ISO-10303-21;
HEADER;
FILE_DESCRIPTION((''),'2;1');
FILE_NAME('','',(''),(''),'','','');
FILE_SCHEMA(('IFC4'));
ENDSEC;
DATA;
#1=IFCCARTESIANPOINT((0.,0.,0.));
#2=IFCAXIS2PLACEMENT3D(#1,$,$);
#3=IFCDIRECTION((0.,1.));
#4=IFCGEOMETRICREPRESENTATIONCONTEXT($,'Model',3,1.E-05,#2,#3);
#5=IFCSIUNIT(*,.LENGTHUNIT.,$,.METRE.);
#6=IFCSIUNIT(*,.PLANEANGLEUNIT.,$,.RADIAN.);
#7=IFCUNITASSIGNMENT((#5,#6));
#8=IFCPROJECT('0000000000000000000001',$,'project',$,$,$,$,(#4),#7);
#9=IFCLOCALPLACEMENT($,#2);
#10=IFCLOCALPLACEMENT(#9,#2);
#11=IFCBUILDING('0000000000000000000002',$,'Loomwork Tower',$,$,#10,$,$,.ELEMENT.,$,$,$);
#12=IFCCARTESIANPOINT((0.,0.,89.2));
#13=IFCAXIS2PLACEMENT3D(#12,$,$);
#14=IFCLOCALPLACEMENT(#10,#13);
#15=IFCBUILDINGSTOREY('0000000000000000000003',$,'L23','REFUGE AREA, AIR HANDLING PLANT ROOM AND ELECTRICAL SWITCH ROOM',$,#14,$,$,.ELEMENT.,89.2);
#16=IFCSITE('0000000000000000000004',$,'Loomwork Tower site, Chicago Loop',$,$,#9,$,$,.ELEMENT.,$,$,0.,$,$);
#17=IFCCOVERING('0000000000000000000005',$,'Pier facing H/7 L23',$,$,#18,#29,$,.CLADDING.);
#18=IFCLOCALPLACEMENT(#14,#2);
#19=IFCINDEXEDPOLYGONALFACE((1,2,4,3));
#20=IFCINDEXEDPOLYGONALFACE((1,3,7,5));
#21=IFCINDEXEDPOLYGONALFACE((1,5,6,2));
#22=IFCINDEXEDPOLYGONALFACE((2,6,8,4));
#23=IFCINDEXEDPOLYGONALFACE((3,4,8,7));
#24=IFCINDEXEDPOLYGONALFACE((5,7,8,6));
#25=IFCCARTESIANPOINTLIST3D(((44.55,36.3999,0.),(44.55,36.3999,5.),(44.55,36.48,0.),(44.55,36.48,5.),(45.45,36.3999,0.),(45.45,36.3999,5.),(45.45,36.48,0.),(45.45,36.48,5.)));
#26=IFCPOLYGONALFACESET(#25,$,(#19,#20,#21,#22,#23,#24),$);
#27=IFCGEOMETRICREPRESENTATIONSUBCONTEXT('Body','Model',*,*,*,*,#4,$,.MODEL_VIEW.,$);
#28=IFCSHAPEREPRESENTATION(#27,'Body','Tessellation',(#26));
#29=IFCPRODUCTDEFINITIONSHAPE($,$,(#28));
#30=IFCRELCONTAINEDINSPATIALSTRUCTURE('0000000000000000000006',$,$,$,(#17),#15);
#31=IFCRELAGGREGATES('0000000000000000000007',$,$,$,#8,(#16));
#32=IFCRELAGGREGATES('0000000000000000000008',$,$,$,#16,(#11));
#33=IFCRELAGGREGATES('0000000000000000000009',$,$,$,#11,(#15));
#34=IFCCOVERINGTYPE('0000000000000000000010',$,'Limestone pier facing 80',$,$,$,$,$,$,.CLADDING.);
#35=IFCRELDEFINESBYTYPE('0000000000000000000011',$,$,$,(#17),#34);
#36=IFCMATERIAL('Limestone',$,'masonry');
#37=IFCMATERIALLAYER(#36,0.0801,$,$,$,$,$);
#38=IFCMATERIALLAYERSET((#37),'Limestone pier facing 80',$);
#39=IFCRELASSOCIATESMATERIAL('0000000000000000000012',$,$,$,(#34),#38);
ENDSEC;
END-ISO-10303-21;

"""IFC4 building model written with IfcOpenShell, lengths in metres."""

from ifc_helpers import new_model, si_unit, direction, frame, origin, origin_2d, place, context, subcontext, project, spatial, rectangle, extrude, material, layer, layer_set, type_object, element, save


model = new_model("IFC4")

# Units and contexts
model_context = context("Model", 3, precision=1e-05, world=origin(), true_north=direction((0.0, 1.0)))
body_context = subcontext(model_context, "Body", "Model", "MODEL_VIEW")
ifc_project = project(units=[si_unit("LENGTHUNIT", "METRE"), si_unit("PLANEANGLEUNIT", "RADIAN")], contexts=[model_context])

# Site, building, storey
site_placement = place(None, origin())
site = spatial("IfcSite", under=ifc_project, at=site_placement, Name="Loomwork Tower site, Chicago Loop", CompositionType="ELEMENT", RefElevation=0.0)
building_placement = place(site_placement, origin())
building = spatial("IfcBuilding", under=site, at=building_placement, Name="Loomwork Tower", CompositionType="ELEMENT")
storey_placement = place(building_placement, frame((0.0, 0.0, 89.2)))
storey = spatial("IfcBuildingStorey", under=building, at=storey_placement, Name="L23", Description="REFUGE AREA, AIR HANDLING PLANT ROOM AND ELECTRICAL SWITCH ROOM", CompositionType="ELEMENT", Elevation=89.2)

# Covering
ifc_material_1 = material(Name="Limestone", Category="masonry")
ifc_layer_1 = layer(ifc_material_1, 0.0801)
ifc_layer_set_1 = layer_set([ifc_layer_1], Name="Limestone pier facing 80")
covering_type_1 = type_object("IfcCoveringType", Name="Limestone pier facing 80", PredefinedType="CLADDING", material=ifc_layer_set_1)
covering_1_placement = place(storey_placement, frame((45.0, 36.4399, 0.0), z_axis=(0.0, 0.0, 1.0), x_axis=(1.0, 0.0, 0.0)))
element("IfcCovering", 1, at=covering_1_placement, inside=storey, type_object=covering_type_1, Name="Pier facing H/7 L23", PredefinedType="CLADDING", context=body_context, shape_type="SweptSolid", body=[
    extrude(rectangle(XDim=0.8999, YDim=0.0801, at=origin_2d()), origin(), (0.0, 0.0, 1.0), 5.0),
])

save(model, "model.ifc")
